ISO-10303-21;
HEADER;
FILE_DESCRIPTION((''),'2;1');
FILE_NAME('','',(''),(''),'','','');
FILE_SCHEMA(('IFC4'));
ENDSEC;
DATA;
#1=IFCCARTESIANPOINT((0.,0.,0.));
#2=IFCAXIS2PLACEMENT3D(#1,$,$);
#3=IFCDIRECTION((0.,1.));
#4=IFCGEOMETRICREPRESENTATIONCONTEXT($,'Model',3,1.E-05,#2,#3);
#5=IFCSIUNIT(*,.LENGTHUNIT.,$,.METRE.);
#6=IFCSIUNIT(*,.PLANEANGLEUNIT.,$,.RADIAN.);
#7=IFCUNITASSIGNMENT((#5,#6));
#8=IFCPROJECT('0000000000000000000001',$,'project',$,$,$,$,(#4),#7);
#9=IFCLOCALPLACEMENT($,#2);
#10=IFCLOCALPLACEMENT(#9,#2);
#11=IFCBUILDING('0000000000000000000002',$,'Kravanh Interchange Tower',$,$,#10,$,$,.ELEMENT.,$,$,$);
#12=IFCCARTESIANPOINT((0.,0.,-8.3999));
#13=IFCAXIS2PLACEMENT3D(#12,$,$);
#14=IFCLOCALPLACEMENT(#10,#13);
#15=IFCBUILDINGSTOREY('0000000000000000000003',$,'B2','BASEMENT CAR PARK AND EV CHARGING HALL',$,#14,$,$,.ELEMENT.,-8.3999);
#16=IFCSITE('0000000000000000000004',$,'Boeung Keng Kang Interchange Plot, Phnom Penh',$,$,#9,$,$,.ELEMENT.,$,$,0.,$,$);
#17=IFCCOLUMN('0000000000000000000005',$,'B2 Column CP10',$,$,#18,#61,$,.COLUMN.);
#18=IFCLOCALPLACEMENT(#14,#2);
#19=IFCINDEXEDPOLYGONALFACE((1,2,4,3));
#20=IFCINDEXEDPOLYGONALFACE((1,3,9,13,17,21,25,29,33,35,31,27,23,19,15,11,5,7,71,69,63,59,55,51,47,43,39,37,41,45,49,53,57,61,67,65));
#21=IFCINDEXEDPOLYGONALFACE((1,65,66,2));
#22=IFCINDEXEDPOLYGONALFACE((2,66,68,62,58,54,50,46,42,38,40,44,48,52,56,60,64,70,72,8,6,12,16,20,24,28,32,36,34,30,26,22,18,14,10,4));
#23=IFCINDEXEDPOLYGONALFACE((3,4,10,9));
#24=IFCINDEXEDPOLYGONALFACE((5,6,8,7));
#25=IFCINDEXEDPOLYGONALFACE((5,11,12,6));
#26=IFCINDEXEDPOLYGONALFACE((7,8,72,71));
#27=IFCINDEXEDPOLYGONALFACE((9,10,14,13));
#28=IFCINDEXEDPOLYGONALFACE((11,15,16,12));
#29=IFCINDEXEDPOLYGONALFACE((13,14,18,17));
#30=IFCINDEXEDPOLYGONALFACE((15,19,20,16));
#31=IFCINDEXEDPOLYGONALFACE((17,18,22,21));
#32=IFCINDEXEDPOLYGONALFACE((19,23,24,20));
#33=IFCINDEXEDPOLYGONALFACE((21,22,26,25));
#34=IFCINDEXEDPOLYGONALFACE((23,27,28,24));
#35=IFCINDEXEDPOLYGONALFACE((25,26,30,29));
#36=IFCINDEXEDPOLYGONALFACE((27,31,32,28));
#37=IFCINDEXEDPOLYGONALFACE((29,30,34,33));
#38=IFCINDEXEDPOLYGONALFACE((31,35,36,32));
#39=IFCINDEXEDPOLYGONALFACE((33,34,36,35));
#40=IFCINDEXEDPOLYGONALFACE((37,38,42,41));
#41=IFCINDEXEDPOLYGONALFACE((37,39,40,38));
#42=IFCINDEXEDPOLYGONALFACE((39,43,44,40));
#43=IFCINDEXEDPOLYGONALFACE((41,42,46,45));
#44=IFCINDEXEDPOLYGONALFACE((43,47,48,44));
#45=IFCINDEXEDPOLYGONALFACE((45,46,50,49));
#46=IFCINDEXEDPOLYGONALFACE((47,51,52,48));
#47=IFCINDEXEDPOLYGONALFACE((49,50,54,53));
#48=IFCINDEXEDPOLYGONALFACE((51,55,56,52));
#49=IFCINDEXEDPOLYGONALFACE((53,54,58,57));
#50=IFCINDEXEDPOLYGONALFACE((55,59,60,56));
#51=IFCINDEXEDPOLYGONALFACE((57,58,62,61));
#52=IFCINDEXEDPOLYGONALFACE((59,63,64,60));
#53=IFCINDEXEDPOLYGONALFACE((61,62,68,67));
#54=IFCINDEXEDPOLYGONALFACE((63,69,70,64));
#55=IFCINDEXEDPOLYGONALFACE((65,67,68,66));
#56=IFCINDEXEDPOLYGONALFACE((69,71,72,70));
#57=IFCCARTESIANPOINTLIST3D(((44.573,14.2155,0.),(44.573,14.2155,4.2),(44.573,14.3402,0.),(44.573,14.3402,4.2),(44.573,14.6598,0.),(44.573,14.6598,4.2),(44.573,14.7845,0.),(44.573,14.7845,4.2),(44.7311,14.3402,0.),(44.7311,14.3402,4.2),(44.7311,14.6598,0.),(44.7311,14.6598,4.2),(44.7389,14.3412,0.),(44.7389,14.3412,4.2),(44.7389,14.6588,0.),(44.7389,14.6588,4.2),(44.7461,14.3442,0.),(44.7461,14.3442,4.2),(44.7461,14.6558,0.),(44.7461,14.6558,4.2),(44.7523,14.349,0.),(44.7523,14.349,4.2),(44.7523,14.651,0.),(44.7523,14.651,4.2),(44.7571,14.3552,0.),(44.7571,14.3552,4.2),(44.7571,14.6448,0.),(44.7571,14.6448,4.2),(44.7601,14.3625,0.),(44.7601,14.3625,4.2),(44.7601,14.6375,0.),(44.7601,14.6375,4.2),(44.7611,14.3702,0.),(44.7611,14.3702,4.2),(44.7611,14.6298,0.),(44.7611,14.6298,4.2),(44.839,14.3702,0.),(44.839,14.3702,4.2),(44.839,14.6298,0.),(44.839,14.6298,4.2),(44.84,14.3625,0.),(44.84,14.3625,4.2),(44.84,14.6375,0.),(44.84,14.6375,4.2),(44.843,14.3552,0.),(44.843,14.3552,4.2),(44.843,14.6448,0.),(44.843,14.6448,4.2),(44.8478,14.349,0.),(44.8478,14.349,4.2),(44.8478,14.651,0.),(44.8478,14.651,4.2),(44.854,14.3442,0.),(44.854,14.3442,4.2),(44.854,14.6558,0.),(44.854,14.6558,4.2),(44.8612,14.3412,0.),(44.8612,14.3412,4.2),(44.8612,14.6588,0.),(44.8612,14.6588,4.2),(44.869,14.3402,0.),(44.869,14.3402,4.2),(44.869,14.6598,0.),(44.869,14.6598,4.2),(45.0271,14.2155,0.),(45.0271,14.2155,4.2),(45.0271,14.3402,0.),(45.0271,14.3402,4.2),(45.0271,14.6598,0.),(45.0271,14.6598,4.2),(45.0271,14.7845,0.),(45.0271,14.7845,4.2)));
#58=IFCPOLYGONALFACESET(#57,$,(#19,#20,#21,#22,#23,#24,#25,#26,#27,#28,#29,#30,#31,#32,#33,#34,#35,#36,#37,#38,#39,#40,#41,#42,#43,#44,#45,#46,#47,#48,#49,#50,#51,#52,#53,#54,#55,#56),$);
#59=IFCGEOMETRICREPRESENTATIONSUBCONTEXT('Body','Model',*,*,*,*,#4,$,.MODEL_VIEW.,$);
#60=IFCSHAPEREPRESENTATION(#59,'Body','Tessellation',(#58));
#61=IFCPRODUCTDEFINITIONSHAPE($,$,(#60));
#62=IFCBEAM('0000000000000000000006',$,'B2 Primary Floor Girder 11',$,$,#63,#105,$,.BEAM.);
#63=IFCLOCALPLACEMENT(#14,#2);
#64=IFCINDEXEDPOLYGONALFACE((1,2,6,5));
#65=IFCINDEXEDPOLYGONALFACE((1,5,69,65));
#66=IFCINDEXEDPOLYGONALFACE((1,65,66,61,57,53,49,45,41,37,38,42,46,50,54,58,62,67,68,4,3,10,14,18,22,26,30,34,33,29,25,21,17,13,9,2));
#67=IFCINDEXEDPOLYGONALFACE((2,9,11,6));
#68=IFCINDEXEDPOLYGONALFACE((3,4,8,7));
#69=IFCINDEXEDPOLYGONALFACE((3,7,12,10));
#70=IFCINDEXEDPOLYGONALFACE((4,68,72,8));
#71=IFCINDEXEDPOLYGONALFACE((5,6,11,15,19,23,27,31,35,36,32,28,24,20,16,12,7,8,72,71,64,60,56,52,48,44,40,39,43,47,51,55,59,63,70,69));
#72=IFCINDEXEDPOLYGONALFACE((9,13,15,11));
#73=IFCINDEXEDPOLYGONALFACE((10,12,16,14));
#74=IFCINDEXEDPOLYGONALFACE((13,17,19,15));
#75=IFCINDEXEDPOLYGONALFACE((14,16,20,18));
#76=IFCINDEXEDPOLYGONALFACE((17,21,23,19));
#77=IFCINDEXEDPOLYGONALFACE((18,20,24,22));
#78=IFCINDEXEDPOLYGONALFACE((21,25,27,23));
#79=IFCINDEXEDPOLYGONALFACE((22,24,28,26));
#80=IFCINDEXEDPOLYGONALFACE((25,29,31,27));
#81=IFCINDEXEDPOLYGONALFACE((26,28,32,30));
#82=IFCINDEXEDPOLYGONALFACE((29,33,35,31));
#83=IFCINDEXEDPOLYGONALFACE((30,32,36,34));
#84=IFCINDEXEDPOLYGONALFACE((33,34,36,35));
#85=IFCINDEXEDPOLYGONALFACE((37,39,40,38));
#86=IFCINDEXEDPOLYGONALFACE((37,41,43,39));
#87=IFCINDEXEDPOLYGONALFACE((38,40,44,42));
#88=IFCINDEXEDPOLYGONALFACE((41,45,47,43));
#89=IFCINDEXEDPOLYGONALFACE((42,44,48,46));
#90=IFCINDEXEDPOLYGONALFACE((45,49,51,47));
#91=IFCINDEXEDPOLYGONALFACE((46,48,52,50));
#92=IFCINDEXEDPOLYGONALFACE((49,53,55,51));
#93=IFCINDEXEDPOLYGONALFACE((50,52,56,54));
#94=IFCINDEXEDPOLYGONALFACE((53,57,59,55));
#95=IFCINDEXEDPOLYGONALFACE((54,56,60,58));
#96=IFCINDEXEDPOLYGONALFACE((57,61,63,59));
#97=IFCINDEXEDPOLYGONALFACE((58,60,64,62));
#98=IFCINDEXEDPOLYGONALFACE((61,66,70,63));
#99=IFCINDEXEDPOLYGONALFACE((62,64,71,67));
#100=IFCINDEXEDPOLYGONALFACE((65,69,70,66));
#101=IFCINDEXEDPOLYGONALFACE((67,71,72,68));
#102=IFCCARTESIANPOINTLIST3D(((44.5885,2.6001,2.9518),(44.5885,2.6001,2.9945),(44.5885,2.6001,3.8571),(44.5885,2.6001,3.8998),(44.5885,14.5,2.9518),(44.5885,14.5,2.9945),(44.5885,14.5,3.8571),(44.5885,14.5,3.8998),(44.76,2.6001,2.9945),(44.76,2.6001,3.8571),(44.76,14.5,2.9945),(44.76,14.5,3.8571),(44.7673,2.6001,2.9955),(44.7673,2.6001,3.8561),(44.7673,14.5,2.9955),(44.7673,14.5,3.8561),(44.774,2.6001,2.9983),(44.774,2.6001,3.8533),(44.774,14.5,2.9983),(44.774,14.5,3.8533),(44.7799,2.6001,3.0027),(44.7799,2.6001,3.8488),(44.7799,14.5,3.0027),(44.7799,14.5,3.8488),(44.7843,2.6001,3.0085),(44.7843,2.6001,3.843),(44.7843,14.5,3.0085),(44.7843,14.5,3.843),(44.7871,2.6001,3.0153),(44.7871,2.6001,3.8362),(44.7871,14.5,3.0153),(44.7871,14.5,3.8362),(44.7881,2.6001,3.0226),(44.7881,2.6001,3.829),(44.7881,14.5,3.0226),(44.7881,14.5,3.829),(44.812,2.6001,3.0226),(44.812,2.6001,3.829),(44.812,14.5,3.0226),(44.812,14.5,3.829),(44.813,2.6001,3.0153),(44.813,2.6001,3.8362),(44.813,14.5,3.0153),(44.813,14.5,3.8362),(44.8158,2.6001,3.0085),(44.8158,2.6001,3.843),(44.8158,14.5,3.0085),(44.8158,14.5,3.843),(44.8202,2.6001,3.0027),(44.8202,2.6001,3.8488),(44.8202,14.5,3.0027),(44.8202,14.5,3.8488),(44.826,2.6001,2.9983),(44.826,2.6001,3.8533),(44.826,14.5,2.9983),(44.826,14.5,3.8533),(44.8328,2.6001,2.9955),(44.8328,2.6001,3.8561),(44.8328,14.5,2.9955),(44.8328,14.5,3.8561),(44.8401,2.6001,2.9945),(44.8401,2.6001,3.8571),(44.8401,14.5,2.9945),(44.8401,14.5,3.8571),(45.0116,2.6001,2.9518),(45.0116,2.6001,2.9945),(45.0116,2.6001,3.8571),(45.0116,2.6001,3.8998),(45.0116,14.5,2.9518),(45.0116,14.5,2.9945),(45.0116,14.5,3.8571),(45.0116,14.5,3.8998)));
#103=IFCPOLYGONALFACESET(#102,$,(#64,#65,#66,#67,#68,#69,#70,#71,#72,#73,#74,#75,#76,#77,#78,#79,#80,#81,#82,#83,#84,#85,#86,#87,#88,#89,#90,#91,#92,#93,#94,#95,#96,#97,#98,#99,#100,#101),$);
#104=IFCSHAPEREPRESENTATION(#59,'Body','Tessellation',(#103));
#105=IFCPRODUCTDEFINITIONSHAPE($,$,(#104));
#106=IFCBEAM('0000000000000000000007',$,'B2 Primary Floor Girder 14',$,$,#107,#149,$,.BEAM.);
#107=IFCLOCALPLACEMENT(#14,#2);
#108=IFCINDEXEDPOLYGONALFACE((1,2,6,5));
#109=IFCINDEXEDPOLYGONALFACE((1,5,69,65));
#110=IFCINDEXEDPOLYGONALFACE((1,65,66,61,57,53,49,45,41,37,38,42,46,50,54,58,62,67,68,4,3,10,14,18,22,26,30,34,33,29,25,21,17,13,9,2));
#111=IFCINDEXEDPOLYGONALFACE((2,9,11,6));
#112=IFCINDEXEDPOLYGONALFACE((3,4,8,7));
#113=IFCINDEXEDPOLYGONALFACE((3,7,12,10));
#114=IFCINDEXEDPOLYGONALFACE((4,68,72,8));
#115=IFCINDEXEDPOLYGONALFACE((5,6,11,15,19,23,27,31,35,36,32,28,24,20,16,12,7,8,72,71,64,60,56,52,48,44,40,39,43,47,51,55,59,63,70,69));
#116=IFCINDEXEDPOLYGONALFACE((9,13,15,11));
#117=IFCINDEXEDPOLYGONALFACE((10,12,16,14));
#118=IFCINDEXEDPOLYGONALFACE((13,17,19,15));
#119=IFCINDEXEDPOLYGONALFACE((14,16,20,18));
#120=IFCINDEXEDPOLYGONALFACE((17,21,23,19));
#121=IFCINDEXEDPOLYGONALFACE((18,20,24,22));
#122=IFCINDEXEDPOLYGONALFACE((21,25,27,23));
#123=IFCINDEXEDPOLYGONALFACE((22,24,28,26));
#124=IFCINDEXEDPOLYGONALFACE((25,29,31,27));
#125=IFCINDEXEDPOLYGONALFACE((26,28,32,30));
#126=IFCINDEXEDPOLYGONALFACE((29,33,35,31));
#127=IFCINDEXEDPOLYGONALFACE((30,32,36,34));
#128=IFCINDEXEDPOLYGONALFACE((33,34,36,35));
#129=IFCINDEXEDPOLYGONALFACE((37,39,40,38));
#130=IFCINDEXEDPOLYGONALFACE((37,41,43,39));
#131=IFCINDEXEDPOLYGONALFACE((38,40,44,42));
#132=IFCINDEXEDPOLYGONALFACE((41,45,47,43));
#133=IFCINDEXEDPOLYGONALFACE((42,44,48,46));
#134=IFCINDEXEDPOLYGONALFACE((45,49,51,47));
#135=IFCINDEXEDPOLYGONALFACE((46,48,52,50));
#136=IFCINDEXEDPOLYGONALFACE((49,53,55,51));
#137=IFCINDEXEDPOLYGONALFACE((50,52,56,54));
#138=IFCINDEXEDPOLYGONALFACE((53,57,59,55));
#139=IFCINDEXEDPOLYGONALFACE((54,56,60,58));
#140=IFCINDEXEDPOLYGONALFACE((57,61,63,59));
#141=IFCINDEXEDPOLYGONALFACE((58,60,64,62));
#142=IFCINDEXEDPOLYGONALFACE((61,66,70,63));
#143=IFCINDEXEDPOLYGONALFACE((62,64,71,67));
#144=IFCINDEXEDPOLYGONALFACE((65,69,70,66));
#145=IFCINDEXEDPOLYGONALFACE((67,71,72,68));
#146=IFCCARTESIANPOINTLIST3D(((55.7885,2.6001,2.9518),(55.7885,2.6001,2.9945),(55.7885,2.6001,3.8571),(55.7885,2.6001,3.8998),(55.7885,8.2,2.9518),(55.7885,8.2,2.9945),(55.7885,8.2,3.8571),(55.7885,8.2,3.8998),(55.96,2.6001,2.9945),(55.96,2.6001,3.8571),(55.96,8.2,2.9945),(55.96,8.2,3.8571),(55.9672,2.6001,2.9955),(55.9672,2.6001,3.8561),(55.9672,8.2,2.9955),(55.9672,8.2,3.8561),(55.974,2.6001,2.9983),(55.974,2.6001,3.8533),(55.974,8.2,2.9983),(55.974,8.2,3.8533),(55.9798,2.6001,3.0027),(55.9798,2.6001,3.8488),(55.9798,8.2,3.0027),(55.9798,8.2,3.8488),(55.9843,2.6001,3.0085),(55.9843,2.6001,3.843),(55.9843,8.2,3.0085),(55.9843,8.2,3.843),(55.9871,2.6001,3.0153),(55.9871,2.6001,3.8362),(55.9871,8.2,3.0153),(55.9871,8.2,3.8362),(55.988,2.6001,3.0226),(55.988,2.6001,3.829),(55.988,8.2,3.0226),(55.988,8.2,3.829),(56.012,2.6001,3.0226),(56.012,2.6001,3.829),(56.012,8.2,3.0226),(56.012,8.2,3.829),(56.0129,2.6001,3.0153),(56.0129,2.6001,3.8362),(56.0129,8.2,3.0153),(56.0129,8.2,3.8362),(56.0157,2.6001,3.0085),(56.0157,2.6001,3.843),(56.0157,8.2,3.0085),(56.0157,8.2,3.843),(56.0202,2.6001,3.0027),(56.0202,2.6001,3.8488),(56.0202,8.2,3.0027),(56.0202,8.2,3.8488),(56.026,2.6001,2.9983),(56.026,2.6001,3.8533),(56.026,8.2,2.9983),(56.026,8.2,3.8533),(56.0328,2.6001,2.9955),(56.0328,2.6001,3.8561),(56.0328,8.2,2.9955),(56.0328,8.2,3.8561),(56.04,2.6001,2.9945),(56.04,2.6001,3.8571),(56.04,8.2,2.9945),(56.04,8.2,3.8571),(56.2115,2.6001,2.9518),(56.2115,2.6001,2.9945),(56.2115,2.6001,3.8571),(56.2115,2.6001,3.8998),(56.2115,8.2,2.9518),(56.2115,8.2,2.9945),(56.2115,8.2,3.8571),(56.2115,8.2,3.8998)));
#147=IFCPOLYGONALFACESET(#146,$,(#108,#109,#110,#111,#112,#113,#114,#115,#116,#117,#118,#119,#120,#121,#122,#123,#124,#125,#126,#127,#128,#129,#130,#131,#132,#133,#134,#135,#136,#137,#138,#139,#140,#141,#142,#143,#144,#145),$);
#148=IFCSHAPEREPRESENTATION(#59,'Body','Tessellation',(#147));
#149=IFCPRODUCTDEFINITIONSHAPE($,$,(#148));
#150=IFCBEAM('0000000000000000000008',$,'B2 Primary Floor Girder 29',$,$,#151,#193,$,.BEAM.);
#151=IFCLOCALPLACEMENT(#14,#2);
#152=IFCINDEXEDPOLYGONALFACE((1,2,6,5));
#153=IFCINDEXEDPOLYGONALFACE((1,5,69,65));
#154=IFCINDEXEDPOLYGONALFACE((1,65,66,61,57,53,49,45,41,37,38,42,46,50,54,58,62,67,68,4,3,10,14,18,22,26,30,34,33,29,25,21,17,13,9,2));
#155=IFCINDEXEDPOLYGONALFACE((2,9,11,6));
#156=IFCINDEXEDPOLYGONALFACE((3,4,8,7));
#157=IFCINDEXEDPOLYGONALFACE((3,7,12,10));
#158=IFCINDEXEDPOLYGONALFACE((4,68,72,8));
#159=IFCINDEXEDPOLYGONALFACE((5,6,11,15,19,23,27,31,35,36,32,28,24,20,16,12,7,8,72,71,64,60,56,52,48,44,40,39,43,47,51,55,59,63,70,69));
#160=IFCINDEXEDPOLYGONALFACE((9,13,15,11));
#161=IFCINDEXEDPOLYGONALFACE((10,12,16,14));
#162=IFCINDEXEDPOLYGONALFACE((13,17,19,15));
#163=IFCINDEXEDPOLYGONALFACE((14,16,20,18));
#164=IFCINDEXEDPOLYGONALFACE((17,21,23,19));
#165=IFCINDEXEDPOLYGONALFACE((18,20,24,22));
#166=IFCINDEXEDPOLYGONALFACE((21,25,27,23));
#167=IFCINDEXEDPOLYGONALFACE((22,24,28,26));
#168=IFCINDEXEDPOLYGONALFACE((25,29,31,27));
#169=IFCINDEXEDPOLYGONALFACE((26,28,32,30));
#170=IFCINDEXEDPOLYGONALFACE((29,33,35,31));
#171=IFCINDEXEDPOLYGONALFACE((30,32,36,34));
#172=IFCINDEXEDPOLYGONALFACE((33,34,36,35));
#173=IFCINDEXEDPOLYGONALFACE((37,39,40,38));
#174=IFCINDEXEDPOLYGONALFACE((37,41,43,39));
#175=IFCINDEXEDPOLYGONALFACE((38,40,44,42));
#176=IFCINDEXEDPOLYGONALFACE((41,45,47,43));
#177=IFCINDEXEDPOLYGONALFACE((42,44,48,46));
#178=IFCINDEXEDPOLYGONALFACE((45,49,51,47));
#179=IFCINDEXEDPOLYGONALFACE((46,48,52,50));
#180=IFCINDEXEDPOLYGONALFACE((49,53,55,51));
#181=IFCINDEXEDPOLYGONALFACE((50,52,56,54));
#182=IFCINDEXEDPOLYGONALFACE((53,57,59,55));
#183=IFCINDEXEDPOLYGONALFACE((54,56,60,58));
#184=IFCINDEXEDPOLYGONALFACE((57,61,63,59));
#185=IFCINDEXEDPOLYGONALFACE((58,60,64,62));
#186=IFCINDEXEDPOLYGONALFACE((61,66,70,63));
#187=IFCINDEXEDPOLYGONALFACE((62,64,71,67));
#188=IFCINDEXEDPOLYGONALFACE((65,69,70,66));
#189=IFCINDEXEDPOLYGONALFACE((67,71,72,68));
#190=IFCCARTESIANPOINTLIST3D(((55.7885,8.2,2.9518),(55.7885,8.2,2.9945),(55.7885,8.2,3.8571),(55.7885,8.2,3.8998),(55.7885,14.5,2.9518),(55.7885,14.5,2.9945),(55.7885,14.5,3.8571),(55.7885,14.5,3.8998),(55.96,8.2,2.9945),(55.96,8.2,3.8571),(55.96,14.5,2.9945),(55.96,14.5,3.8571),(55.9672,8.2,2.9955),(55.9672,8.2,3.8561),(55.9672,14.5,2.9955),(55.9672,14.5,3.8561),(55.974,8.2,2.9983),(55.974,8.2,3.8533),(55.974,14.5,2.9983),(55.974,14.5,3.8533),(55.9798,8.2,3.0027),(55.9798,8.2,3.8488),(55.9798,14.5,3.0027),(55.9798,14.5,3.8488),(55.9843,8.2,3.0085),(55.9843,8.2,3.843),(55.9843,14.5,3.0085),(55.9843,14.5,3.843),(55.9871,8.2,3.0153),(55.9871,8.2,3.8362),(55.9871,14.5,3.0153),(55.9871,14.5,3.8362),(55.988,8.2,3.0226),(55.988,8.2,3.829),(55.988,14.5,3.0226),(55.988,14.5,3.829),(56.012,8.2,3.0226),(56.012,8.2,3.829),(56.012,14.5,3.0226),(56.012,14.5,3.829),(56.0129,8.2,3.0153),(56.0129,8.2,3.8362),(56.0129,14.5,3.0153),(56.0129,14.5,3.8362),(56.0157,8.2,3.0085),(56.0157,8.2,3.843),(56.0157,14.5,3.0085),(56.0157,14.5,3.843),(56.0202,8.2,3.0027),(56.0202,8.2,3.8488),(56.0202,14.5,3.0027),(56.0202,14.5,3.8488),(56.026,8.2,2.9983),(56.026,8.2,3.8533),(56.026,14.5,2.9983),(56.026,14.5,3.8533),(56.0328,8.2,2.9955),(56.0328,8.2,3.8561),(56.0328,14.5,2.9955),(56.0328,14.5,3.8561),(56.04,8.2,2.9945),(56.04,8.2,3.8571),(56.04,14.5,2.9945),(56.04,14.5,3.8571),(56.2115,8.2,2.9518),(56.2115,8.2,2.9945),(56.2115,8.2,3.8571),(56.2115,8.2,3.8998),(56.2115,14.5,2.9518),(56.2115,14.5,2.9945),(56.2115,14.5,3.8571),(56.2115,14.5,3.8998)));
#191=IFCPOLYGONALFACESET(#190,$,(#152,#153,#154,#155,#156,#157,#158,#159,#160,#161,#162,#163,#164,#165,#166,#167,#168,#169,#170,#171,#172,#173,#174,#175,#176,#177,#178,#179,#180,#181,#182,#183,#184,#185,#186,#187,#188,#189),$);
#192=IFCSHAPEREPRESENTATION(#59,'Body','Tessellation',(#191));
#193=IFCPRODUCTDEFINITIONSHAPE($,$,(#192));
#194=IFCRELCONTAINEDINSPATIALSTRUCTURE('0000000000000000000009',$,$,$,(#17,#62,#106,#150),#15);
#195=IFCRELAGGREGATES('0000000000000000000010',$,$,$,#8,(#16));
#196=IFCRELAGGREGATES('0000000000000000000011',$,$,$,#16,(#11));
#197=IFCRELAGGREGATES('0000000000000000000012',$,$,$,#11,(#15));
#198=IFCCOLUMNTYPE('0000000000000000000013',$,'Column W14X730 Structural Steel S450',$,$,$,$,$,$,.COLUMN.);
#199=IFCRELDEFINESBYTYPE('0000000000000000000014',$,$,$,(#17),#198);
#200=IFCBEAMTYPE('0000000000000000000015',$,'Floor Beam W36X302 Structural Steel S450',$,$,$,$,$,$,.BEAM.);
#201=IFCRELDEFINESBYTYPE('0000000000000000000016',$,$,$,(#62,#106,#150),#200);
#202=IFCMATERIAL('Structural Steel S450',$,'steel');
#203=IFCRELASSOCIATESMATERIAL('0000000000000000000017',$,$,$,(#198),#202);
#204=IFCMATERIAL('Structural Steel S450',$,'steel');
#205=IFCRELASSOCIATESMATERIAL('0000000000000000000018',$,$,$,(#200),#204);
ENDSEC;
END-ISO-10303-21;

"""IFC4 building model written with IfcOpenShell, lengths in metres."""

from ifc_helpers import new_model, si_unit, direction, frame, origin, origin_2d, place, context, subcontext, project, spatial, i_section, extrude, material, material_profile, profile_set, type_object, element, save


model = new_model("IFC4")

# Units and contexts
model_context = context("Model", 3, precision=1e-05, world=origin(), true_north=direction((0.0, 1.0)))
body_context = subcontext(model_context, "Body", "Model", "MODEL_VIEW")
ifc_project = project(units=[si_unit("LENGTHUNIT", "METRE"), si_unit("PLANEANGLEUNIT", "RADIAN")], contexts=[model_context])

# Site, building, storey
site_placement = place(None, origin())
site = spatial("IfcSite", under=ifc_project, at=site_placement, Name="Boeung Keng Kang Interchange Plot, Phnom Penh", CompositionType="ELEMENT", RefElevation=0.0)
building_placement = place(site_placement, origin())
building = spatial("IfcBuilding", under=site, at=building_placement, Name="Kravanh Interchange Tower", CompositionType="ELEMENT")
storey_placement = place(building_placement, frame((0.0, 0.0, -8.3999)))
storey = spatial("IfcBuildingStorey", under=building, at=storey_placement, Name="B2", Description="BASEMENT CAR PARK AND EV CHARGING HALL", CompositionType="ELEMENT", Elevation=-8.3999)

# Column
ifc_material_1 = material(Name="Structural Steel S450", Category="steel")
ifc_material_profile_1 = material_profile(ifc_material_1, i_section(OverallWidth=0.4541, OverallDepth=0.5691, WebThickness=0.0779, FlangeThickness=0.1248, FilletRadius=0.03, at=origin_2d()), Name="W14X730")
ifc_profile_set_1 = profile_set([ifc_material_profile_1], Name="Structural Steel S450")
column_type = type_object("IfcColumnType", Name="Column W14X730 Structural Steel S450", PredefinedType="COLUMN", material=ifc_profile_set_1)
for number, where, z_axis, x_axis, name in (
    (1, (44.8, 14.5, 0.0), (0.0, 0.0, 1.0), (1.0, 0.0, 0.0), "B2 Column CP10"),
):
    element("IfcColumn", number, at=place(storey_placement, frame(where, z_axis=z_axis, x_axis=x_axis)), inside=storey, type_object=column_type, Name=name, PredefinedType="COLUMN", context=body_context, shape_type="SweptSolid", body=[
        extrude(i_section(OverallWidth=0.4541, OverallDepth=0.5691, WebThickness=0.0779, FlangeThickness=0.1248, FilletRadius=0.03, at=origin_2d()), origin(), (0.0, 0.0, 1.0), 4.2),
    ])

# Beams
ifc_material_2 = material(Name="Structural Steel S450", Category="steel")
ifc_material_profile_2 = material_profile(ifc_material_2, i_section(OverallWidth=0.4231, OverallDepth=0.948, WebThickness=0.0239, FlangeThickness=0.0427, FilletRadius=0.0281, at=origin_2d()), Name="W36X302")
ifc_profile_set_2 = profile_set([ifc_material_profile_2], Name="Structural Steel S450")
beam_type_1 = type_object("IfcBeamType", Name="Floor Beam W36X302 Structural Steel S450", PredefinedType="BEAM", material=ifc_profile_set_2)
beam_1_placement = place(storey_placement, frame((44.8, 2.6001, 3.4258), z_axis=(0.0, 1.0, 0.0), x_axis=(-1.0, 0.0, 0.0)))
element("IfcBeam", 2, at=beam_1_placement, inside=storey, type_object=beam_type_1, Name="B2 Primary Floor Girder 11", PredefinedType="BEAM", context=body_context, shape_type="SweptSolid", body=[
    extrude(i_section(OverallWidth=0.4231, OverallDepth=0.948, WebThickness=0.0239, FlangeThickness=0.0427, FilletRadius=0.0281, at=origin_2d()), origin(), (0.0, 0.0, 1.0), 11.8999),
])
beam_2_placement = place(storey_placement, frame((56.0, 2.6001, 3.4258), z_axis=(0.0, 1.0, 0.0), x_axis=(-1.0, 0.0, 0.0)))
element("IfcBeam", 3, at=beam_2_placement, inside=storey, type_object=beam_type_1, Name="B2 Primary Floor Girder 14", PredefinedType="BEAM", context=body_context, shape_type="SweptSolid", body=[
    extrude(i_section(OverallWidth=0.4231, OverallDepth=0.948, WebThickness=0.0239, FlangeThickness=0.0427, FilletRadius=0.0281, at=origin_2d()), origin(), (0.0, 0.0, 1.0), 5.5999),
])
beam_3_placement = place(storey_placement, frame((56.0, 8.2, 3.4258), z_axis=(0.0, 1.0, 0.0), x_axis=(-1.0, 0.0, 0.0)))
element("IfcBeam", 4, at=beam_3_placement, inside=storey, type_object=beam_type_1, Name="B2 Primary Floor Girder 29", PredefinedType="BEAM", context=body_context, shape_type="SweptSolid", body=[
    extrude(i_section(OverallWidth=0.4231, OverallDepth=0.948, WebThickness=0.0239, FlangeThickness=0.0427, FilletRadius=0.0281, at=origin_2d()), origin(), (0.0, 0.0, 1.0), 6.3),
])

save(model, "model.ifc")
